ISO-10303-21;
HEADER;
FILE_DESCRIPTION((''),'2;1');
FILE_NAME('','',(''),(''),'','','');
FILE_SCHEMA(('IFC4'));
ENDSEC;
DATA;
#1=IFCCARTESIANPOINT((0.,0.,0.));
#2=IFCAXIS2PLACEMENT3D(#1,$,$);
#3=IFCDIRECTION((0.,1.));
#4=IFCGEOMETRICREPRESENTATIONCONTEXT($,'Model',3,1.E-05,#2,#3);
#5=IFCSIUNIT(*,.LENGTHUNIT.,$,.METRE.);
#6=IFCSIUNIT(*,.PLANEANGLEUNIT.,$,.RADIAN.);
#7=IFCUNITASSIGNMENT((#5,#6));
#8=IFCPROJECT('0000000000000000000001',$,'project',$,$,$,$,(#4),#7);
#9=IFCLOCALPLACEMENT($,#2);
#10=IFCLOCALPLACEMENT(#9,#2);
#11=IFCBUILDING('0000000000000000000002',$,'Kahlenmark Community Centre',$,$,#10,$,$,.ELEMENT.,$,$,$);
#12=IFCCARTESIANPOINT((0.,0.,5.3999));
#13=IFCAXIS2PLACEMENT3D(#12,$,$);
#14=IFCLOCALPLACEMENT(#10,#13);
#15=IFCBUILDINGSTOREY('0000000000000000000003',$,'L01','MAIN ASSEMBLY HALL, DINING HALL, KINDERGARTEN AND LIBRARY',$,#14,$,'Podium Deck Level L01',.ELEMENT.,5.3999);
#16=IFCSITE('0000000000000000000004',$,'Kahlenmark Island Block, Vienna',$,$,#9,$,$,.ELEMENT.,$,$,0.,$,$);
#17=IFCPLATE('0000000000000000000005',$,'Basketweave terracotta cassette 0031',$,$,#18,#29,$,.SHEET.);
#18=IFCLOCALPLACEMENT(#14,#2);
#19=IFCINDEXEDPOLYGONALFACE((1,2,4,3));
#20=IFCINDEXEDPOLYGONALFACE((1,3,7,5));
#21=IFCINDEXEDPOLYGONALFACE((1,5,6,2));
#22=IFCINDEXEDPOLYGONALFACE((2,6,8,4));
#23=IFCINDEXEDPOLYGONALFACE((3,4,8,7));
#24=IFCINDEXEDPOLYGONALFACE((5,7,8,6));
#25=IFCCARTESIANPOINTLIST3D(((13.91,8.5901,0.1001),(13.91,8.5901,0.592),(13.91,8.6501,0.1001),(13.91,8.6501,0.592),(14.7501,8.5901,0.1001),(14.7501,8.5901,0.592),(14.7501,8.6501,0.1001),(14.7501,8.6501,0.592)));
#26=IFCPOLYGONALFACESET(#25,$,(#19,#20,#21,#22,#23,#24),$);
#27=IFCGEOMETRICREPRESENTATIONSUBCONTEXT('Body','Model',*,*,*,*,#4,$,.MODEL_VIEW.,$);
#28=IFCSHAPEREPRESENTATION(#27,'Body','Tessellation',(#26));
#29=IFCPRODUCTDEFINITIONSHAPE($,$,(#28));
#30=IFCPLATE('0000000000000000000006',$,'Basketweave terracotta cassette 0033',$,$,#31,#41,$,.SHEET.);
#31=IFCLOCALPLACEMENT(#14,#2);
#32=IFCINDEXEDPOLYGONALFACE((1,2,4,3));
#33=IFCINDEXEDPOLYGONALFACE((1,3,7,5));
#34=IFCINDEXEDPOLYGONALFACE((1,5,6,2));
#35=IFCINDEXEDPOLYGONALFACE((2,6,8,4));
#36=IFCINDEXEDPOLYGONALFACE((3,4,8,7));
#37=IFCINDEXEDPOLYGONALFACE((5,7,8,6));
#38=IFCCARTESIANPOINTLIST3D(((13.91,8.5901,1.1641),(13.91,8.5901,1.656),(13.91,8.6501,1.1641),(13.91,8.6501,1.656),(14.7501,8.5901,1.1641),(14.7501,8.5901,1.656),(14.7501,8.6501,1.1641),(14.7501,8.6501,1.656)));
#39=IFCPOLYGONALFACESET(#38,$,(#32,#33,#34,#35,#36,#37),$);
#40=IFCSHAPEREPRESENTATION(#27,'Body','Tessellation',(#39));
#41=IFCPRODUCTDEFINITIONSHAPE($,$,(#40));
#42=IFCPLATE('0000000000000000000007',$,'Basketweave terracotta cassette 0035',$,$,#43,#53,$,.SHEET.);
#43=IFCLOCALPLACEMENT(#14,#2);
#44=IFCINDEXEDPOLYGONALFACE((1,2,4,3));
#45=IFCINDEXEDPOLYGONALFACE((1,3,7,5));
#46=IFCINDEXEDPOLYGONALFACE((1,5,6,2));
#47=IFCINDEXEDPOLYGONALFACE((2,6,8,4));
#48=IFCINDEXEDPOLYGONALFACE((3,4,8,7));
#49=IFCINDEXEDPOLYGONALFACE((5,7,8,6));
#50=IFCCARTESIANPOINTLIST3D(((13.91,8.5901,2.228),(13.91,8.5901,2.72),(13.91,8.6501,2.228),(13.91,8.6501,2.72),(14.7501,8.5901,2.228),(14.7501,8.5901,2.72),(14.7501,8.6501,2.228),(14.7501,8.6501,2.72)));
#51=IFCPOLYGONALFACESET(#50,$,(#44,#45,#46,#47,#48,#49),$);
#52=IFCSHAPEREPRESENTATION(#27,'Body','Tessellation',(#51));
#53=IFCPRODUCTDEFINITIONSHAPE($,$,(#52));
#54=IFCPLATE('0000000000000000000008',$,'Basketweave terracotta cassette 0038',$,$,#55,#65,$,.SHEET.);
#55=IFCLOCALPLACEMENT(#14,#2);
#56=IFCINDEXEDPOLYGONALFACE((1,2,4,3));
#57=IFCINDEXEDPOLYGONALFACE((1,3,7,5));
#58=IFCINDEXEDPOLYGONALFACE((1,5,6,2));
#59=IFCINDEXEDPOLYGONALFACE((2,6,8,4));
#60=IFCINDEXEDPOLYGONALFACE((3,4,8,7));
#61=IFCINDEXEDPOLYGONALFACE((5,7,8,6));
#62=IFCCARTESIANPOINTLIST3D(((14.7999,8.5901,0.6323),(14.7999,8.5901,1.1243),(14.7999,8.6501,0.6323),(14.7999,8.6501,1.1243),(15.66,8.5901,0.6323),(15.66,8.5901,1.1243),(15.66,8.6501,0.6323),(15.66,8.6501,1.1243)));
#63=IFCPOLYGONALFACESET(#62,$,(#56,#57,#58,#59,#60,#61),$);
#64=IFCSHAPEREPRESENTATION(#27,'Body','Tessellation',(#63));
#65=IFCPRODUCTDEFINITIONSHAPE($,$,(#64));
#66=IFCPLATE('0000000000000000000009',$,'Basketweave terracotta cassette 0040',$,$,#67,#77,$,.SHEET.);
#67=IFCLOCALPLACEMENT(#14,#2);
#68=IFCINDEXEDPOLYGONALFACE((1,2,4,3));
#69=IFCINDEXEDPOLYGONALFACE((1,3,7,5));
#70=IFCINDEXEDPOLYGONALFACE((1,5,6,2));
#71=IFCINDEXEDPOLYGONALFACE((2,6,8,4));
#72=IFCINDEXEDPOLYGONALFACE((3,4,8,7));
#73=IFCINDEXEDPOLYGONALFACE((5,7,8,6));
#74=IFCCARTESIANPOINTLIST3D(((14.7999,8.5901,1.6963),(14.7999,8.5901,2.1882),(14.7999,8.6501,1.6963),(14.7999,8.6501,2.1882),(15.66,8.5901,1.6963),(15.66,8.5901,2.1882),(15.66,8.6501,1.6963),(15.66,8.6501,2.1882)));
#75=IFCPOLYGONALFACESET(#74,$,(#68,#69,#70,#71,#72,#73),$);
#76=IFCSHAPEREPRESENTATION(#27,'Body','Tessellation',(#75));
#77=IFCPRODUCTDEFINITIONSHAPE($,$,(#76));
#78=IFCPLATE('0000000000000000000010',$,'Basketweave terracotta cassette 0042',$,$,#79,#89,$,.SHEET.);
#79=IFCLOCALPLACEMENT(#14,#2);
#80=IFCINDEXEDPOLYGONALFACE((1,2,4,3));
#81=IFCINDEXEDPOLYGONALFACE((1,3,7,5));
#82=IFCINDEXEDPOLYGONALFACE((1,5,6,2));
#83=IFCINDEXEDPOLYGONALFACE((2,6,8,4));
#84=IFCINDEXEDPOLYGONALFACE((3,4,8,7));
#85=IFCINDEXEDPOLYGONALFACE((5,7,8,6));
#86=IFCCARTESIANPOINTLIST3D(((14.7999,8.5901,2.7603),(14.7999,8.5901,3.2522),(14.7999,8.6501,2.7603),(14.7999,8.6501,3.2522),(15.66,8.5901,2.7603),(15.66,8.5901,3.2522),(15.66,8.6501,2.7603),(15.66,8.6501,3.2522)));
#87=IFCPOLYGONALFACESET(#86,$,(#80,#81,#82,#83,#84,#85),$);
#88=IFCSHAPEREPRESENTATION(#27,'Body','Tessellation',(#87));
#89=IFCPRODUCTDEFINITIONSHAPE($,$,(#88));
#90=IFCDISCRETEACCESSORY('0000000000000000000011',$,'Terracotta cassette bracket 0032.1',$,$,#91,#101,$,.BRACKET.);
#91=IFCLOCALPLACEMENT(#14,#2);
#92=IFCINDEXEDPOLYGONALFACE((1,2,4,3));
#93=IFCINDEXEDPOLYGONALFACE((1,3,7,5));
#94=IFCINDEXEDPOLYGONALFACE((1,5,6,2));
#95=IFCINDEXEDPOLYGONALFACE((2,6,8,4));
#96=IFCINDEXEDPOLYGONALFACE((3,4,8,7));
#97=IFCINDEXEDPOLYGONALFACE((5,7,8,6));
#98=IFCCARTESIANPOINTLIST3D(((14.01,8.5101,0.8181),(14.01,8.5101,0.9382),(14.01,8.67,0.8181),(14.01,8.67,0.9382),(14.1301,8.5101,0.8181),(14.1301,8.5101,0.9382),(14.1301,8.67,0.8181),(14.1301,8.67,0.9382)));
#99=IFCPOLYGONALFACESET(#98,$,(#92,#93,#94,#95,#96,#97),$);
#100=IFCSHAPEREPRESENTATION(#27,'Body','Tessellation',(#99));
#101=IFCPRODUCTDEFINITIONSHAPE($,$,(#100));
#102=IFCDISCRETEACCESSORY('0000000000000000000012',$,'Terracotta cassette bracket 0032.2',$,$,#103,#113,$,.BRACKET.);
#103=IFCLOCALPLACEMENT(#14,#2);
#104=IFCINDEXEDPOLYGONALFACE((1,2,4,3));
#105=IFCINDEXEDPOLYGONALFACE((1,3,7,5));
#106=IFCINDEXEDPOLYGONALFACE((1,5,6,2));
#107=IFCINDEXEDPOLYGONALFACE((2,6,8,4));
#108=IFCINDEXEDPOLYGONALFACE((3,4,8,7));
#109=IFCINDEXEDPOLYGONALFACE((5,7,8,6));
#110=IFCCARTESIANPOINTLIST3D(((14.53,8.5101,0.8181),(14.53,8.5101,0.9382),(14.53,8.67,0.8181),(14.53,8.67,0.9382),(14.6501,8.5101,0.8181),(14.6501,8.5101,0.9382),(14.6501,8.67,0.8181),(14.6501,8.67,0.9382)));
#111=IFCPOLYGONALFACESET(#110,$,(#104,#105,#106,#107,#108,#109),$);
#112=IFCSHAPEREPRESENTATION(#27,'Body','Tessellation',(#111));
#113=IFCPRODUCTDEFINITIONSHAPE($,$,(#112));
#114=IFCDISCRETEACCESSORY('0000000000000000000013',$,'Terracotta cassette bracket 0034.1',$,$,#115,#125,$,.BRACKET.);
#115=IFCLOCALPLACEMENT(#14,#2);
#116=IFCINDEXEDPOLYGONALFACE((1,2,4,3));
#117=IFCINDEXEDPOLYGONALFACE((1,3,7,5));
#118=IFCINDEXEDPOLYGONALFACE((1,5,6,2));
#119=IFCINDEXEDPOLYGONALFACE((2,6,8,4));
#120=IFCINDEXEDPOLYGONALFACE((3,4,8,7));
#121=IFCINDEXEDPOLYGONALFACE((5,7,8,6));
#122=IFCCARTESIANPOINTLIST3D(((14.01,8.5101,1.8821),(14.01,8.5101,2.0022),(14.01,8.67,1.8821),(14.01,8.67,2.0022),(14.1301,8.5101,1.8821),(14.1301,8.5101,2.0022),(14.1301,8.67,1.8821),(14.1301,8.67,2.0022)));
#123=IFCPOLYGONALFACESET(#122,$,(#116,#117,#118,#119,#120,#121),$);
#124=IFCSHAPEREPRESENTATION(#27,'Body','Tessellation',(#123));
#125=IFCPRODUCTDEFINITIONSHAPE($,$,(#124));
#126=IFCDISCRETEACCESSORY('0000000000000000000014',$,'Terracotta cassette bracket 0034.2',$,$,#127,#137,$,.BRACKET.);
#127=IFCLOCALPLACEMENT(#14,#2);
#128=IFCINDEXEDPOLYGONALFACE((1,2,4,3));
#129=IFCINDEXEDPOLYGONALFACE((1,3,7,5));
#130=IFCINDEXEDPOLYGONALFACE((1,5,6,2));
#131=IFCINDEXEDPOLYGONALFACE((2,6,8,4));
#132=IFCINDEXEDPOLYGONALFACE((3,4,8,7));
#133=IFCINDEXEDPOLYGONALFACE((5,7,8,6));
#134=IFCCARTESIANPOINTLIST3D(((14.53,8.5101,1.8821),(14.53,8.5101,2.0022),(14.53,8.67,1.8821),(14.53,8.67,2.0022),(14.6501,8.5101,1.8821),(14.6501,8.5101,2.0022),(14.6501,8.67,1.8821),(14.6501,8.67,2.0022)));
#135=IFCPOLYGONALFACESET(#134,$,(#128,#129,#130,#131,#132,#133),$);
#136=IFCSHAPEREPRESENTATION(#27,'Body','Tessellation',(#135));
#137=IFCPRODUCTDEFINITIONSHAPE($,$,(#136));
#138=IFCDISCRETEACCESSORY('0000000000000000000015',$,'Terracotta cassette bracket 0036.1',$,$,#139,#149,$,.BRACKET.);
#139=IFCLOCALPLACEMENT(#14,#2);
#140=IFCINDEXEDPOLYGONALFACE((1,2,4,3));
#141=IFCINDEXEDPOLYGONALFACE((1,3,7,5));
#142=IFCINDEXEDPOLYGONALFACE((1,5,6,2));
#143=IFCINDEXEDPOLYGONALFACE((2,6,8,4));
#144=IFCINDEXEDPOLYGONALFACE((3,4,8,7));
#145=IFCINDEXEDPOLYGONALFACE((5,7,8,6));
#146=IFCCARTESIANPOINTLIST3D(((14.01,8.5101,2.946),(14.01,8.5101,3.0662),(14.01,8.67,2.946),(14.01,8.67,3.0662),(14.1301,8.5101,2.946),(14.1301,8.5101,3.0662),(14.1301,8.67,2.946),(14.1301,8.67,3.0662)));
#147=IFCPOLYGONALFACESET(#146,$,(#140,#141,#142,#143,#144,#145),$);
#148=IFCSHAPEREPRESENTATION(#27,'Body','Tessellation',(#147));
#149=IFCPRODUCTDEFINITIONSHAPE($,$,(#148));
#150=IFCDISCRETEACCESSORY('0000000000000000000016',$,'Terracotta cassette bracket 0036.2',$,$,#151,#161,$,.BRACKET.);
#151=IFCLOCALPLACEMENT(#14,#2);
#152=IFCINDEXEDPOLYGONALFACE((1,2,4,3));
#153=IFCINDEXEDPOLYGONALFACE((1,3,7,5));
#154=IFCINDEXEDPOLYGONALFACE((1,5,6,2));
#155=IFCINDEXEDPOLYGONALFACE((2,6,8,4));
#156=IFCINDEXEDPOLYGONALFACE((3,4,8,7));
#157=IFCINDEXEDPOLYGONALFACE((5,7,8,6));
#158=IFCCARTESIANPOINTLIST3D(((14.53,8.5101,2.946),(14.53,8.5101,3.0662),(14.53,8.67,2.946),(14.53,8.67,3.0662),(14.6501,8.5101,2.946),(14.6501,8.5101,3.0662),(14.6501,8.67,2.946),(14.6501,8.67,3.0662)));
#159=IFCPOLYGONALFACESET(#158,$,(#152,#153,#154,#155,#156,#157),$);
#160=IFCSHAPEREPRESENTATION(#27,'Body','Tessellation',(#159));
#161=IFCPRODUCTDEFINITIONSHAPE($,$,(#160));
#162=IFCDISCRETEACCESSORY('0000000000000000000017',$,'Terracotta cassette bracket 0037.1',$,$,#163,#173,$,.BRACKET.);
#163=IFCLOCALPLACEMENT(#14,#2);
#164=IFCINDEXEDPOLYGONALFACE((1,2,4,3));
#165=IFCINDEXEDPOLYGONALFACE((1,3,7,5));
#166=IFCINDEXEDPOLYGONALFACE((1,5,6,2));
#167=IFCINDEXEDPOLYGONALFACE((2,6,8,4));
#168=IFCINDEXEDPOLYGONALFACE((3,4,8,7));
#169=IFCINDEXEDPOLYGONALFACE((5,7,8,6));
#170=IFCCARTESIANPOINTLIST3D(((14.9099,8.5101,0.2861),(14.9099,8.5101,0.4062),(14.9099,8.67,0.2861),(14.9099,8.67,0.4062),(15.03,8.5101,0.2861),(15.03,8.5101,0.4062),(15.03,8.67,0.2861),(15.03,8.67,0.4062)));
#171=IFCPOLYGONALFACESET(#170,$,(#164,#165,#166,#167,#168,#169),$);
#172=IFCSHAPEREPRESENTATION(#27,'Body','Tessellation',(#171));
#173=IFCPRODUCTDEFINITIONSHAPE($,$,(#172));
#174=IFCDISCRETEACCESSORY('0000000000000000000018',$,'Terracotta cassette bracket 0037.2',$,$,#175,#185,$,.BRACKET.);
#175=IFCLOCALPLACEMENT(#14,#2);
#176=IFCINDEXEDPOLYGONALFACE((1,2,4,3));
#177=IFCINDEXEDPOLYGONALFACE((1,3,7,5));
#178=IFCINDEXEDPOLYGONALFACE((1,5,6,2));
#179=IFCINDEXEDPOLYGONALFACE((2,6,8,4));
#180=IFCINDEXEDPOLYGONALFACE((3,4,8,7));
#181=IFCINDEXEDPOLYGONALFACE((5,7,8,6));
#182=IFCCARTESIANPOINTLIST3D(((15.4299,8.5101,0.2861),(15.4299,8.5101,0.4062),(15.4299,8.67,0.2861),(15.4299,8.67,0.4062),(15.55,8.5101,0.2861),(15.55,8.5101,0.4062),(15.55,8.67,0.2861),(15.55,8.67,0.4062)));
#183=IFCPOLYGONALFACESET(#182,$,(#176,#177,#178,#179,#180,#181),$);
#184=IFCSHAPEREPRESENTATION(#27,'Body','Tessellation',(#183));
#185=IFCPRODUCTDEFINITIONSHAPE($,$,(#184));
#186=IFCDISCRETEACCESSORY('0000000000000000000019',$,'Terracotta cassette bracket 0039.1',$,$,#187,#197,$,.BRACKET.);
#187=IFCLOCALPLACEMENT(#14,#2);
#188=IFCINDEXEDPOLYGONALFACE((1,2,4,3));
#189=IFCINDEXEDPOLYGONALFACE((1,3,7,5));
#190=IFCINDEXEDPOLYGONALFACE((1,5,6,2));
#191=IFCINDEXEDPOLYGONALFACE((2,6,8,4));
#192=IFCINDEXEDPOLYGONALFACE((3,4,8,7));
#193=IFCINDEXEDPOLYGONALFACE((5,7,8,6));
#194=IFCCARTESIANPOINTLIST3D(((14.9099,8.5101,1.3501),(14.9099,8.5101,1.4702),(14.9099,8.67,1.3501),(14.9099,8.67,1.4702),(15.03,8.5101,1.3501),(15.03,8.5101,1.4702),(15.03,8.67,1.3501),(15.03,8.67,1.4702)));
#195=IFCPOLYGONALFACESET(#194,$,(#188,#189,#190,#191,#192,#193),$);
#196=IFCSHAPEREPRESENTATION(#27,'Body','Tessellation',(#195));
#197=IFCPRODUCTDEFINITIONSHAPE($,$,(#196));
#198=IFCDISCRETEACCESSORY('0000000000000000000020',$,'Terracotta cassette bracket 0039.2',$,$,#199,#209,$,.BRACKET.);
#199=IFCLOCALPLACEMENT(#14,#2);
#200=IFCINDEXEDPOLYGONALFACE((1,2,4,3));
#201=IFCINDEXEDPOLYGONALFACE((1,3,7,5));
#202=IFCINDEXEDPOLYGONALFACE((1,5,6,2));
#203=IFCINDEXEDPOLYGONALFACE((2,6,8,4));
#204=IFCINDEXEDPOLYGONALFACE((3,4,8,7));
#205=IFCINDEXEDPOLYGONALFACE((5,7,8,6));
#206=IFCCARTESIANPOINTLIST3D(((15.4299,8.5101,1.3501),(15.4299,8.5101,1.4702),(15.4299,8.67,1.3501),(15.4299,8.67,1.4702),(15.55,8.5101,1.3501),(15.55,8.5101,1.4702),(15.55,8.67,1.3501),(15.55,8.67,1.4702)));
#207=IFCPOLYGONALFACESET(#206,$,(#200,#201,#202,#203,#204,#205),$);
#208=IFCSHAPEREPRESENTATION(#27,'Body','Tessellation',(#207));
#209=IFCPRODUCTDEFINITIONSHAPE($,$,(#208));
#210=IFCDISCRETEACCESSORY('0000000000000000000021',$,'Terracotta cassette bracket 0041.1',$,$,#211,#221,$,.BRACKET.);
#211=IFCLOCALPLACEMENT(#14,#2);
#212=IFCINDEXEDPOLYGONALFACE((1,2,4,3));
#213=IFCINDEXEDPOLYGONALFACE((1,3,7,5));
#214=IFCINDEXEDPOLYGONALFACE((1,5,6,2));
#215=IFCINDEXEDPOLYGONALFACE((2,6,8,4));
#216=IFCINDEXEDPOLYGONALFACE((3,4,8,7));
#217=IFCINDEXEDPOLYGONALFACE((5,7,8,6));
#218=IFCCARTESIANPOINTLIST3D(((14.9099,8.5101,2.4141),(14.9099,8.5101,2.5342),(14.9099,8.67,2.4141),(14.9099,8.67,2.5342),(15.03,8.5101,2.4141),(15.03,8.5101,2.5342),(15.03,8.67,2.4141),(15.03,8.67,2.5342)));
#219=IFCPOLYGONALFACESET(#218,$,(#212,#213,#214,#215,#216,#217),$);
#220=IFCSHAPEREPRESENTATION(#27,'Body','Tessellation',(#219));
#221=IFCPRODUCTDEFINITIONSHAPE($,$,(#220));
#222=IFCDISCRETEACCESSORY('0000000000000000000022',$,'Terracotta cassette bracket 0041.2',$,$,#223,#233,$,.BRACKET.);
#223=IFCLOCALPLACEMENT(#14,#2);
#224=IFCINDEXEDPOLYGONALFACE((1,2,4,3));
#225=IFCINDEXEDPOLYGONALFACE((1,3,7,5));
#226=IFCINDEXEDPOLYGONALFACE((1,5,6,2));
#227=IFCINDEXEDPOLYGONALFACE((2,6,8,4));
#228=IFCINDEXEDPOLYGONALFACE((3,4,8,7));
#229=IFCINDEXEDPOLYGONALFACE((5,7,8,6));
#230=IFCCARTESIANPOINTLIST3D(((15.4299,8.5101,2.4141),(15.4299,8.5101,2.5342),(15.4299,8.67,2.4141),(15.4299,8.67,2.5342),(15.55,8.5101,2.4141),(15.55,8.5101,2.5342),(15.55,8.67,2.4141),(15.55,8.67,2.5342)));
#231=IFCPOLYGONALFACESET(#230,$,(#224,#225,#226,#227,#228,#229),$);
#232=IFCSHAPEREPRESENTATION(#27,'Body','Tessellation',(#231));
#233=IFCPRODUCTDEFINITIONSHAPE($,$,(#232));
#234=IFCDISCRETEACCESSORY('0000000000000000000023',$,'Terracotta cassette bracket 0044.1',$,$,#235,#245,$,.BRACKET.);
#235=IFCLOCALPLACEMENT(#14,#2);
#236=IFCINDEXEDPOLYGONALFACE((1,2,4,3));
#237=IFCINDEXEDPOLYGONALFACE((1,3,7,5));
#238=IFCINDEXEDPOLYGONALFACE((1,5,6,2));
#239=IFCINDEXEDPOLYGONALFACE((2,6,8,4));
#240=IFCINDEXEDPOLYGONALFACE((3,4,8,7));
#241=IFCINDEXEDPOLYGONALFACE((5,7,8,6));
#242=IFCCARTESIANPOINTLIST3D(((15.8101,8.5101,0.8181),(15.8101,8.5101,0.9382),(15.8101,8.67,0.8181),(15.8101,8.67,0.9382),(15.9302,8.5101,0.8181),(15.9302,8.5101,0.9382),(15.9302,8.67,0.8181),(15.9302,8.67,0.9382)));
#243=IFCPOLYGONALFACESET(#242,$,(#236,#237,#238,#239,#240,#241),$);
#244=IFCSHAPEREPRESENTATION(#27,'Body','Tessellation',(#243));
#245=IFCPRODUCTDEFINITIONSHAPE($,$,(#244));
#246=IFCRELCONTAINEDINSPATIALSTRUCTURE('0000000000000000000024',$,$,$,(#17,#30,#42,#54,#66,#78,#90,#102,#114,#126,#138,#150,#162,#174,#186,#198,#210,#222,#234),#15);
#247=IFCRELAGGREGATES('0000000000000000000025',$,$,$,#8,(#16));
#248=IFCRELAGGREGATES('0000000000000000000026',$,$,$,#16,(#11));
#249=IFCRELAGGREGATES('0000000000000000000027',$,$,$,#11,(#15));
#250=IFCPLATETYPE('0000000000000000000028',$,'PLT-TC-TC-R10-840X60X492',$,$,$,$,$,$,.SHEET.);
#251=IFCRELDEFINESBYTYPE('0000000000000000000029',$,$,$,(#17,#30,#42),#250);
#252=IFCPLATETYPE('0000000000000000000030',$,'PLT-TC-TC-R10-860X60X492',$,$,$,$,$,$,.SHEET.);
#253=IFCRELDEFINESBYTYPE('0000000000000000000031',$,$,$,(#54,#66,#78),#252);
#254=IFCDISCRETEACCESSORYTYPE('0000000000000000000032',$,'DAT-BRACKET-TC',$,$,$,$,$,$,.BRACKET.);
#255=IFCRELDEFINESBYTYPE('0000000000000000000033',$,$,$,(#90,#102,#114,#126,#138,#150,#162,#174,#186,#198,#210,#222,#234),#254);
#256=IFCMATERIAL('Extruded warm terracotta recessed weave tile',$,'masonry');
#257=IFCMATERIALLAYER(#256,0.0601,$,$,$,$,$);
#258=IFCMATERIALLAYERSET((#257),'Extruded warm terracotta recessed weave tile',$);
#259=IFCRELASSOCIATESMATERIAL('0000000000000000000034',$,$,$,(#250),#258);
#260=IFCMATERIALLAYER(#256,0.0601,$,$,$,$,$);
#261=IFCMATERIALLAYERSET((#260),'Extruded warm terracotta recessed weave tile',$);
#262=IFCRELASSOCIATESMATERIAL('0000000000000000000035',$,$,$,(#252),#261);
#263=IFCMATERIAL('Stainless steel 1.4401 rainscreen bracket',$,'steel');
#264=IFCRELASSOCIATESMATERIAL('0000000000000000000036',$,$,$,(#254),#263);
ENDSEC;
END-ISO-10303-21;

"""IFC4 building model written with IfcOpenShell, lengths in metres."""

from ifc_helpers import new_model, si_unit, direction, frame, origin, origin_2d, place, context, subcontext, project, spatial, rectangle, extrude, material, layer, layer_set, type_object, element, save


model = new_model("IFC4")

# Units and contexts
model_context = context("Model", 3, precision=1e-05, world=origin(), true_north=direction((0.0, 1.0)))
body_context = subcontext(model_context, "Body", "Model", "MODEL_VIEW")
ifc_project = project(units=[si_unit("LENGTHUNIT", "METRE"), si_unit("PLANEANGLEUNIT", "RADIAN")], contexts=[model_context])

# Site, building, storey
site_placement = place(None, origin())
site = spatial("IfcSite", under=ifc_project, at=site_placement, Name="Kahlenmark Island Block, Vienna", CompositionType="ELEMENT", RefElevation=0.0)
building_placement = place(site_placement, origin())
building = spatial("IfcBuilding", under=site, at=building_placement, Name="Kahlenmark Community Centre", CompositionType="ELEMENT")
storey_placement = place(building_placement, frame((0.0, 0.0, 5.3999)))
storey = spatial("IfcBuildingStorey", under=building, at=storey_placement, Name="L01", Description="MAIN ASSEMBLY HALL, DINING HALL, KINDERGARTEN AND LIBRARY", LongName="Podium Deck Level L01", CompositionType="ELEMENT", Elevation=5.3999)

# Plates
ifc_material_1 = material(Name="Extruded warm terracotta recessed weave tile", Category="masonry")
ifc_layer_1 = layer(ifc_material_1, 0.0601)
ifc_layer_set_1 = layer_set([ifc_layer_1], Name="Extruded warm terracotta recessed weave tile")
plate_type_1 = type_object("IfcPlateType", Name="PLT-TC-TC-R10-840X60X492", PredefinedType="SHEET", material=ifc_layer_set_1)
for number, where, z_axis, x_axis, name in (
    (1, (14.3301, 8.6201, 0.1001), (0.0, 0.0, 1.0), (1.0, 0.0, 0.0), "Basketweave terracotta cassette 0031"),
    (2, (14.3301, 8.6201, 1.1641), (0.0, 0.0, 1.0), (1.0, 0.0, 0.0), "Basketweave terracotta cassette 0033"),
    (3, (14.3301, 8.6201, 2.228), (0.0, 0.0, 1.0), (1.0, 0.0, 0.0), "Basketweave terracotta cassette 0035"),
):
    element("IfcPlate", number, at=place(storey_placement, frame(where, z_axis=z_axis, x_axis=x_axis)), inside=storey, type_object=plate_type_1, Name=name, PredefinedType="SHEET", context=body_context, shape_type="SweptSolid", body=[
        extrude(rectangle(XDim=0.8401, YDim=0.0601, at=origin_2d()), origin(), (0.0, 0.0, 1.0), 0.4919),
    ])
ifc_layer_2 = layer(ifc_material_1, 0.0601)
ifc_layer_set_2 = layer_set([ifc_layer_2], Name="Extruded warm terracotta recessed weave tile")
plate_type_2 = type_object("IfcPlateType", Name="PLT-TC-TC-R10-860X60X492", PredefinedType="SHEET", material=ifc_layer_set_2)
for number, where, z_axis, x_axis, name in (
    (4, (15.23, 8.6201, 0.6323), (0.0, 0.0, 1.0), (1.0, 0.0, 0.0), "Basketweave terracotta cassette 0038"),
    (5, (15.23, 8.6201, 1.6963), (0.0, 0.0, 1.0), (1.0, 0.0, 0.0), "Basketweave terracotta cassette 0040"),
    (6, (15.23, 8.6201, 2.7603), (0.0, 0.0, 1.0), (1.0, 0.0, 0.0), "Basketweave terracotta cassette 0042"),
):
    element("IfcPlate", number, at=place(storey_placement, frame(where, z_axis=z_axis, x_axis=x_axis)), inside=storey, type_object=plate_type_2, Name=name, PredefinedType="SHEET", context=body_context, shape_type="SweptSolid", body=[
        extrude(rectangle(XDim=0.8601, YDim=0.0601, at=origin_2d()), origin(), (0.0, 0.0, 1.0), 0.4919),
    ])

# Discrete accessories
ifc_material_2 = material(Name="Stainless steel 1.4401 rainscreen bracket", Category="steel")
discrete_accessory_type = type_object("IfcDiscreteAccessoryType", Name="DAT-BRACKET-TC", PredefinedType="BRACKET", material=ifc_material_2)
for number, where, z_axis, x_axis, name in (
    (7, (14.0701, 8.5901, 0.8181), (0.0, 0.0, 1.0), (1.0, 0.0, 0.0), "Terracotta cassette bracket 0032.1"),
    (8, (14.5901, 8.5901, 0.8181), (0.0, 0.0, 1.0), (1.0, 0.0, 0.0), "Terracotta cassette bracket 0032.2"),
    (9, (14.0701, 8.5901, 1.8821), (0.0, 0.0, 1.0), (1.0, 0.0, 0.0), "Terracotta cassette bracket 0034.1"),
    (10, (14.5901, 8.5901, 1.8821), (0.0, 0.0, 1.0), (1.0, 0.0, 0.0), "Terracotta cassette bracket 0034.2"),
    (11, (14.0701, 8.5901, 2.946), (0.0, 0.0, 1.0), (1.0, 0.0, 0.0), "Terracotta cassette bracket 0036.1"),
    (12, (14.5901, 8.5901, 2.946), (0.0, 0.0, 1.0), (1.0, 0.0, 0.0), "Terracotta cassette bracket 0036.2"),
    (13, (14.97, 8.5901, 0.2861), (0.0, 0.0, 1.0), (1.0, 0.0, 0.0), "Terracotta cassette bracket 0037.1"),
    (14, (15.49, 8.5901, 0.2861), (0.0, 0.0, 1.0), (1.0, 0.0, 0.0), "Terracotta cassette bracket 0037.2"),
    (15, (14.97, 8.5901, 1.3501), (0.0, 0.0, 1.0), (1.0, 0.0, 0.0), "Terracotta cassette bracket 0039.1"),
    (16, (15.49, 8.5901, 1.3501), (0.0, 0.0, 1.0), (1.0, 0.0, 0.0), "Terracotta cassette bracket 0039.2"),
    (17, (14.97, 8.5901, 2.4141), (0.0, 0.0, 1.0), (1.0, 0.0, 0.0), "Terracotta cassette bracket 0041.1"),
    (18, (15.49, 8.5901, 2.4141), (0.0, 0.0, 1.0), (1.0, 0.0, 0.0), "Terracotta cassette bracket 0041.2"),
    (19, (15.8701, 8.5901, 0.8181), (0.0, 0.0, 1.0), (1.0, 0.0, 0.0), "Terracotta cassette bracket 0044.1"),
):
    element("IfcDiscreteAccessory", number, at=place(storey_placement, frame(where, z_axis=z_axis, x_axis=x_axis)), inside=storey, type_object=discrete_accessory_type, Name=name, PredefinedType="BRACKET", context=body_context, shape_type="SweptSolid", body=[
        extrude(rectangle(XDim=0.1201, YDim=0.1599, at=origin_2d()), origin(), (0.0, 0.0, 1.0), 0.1201),
    ])

save(model, "model.ifc")
